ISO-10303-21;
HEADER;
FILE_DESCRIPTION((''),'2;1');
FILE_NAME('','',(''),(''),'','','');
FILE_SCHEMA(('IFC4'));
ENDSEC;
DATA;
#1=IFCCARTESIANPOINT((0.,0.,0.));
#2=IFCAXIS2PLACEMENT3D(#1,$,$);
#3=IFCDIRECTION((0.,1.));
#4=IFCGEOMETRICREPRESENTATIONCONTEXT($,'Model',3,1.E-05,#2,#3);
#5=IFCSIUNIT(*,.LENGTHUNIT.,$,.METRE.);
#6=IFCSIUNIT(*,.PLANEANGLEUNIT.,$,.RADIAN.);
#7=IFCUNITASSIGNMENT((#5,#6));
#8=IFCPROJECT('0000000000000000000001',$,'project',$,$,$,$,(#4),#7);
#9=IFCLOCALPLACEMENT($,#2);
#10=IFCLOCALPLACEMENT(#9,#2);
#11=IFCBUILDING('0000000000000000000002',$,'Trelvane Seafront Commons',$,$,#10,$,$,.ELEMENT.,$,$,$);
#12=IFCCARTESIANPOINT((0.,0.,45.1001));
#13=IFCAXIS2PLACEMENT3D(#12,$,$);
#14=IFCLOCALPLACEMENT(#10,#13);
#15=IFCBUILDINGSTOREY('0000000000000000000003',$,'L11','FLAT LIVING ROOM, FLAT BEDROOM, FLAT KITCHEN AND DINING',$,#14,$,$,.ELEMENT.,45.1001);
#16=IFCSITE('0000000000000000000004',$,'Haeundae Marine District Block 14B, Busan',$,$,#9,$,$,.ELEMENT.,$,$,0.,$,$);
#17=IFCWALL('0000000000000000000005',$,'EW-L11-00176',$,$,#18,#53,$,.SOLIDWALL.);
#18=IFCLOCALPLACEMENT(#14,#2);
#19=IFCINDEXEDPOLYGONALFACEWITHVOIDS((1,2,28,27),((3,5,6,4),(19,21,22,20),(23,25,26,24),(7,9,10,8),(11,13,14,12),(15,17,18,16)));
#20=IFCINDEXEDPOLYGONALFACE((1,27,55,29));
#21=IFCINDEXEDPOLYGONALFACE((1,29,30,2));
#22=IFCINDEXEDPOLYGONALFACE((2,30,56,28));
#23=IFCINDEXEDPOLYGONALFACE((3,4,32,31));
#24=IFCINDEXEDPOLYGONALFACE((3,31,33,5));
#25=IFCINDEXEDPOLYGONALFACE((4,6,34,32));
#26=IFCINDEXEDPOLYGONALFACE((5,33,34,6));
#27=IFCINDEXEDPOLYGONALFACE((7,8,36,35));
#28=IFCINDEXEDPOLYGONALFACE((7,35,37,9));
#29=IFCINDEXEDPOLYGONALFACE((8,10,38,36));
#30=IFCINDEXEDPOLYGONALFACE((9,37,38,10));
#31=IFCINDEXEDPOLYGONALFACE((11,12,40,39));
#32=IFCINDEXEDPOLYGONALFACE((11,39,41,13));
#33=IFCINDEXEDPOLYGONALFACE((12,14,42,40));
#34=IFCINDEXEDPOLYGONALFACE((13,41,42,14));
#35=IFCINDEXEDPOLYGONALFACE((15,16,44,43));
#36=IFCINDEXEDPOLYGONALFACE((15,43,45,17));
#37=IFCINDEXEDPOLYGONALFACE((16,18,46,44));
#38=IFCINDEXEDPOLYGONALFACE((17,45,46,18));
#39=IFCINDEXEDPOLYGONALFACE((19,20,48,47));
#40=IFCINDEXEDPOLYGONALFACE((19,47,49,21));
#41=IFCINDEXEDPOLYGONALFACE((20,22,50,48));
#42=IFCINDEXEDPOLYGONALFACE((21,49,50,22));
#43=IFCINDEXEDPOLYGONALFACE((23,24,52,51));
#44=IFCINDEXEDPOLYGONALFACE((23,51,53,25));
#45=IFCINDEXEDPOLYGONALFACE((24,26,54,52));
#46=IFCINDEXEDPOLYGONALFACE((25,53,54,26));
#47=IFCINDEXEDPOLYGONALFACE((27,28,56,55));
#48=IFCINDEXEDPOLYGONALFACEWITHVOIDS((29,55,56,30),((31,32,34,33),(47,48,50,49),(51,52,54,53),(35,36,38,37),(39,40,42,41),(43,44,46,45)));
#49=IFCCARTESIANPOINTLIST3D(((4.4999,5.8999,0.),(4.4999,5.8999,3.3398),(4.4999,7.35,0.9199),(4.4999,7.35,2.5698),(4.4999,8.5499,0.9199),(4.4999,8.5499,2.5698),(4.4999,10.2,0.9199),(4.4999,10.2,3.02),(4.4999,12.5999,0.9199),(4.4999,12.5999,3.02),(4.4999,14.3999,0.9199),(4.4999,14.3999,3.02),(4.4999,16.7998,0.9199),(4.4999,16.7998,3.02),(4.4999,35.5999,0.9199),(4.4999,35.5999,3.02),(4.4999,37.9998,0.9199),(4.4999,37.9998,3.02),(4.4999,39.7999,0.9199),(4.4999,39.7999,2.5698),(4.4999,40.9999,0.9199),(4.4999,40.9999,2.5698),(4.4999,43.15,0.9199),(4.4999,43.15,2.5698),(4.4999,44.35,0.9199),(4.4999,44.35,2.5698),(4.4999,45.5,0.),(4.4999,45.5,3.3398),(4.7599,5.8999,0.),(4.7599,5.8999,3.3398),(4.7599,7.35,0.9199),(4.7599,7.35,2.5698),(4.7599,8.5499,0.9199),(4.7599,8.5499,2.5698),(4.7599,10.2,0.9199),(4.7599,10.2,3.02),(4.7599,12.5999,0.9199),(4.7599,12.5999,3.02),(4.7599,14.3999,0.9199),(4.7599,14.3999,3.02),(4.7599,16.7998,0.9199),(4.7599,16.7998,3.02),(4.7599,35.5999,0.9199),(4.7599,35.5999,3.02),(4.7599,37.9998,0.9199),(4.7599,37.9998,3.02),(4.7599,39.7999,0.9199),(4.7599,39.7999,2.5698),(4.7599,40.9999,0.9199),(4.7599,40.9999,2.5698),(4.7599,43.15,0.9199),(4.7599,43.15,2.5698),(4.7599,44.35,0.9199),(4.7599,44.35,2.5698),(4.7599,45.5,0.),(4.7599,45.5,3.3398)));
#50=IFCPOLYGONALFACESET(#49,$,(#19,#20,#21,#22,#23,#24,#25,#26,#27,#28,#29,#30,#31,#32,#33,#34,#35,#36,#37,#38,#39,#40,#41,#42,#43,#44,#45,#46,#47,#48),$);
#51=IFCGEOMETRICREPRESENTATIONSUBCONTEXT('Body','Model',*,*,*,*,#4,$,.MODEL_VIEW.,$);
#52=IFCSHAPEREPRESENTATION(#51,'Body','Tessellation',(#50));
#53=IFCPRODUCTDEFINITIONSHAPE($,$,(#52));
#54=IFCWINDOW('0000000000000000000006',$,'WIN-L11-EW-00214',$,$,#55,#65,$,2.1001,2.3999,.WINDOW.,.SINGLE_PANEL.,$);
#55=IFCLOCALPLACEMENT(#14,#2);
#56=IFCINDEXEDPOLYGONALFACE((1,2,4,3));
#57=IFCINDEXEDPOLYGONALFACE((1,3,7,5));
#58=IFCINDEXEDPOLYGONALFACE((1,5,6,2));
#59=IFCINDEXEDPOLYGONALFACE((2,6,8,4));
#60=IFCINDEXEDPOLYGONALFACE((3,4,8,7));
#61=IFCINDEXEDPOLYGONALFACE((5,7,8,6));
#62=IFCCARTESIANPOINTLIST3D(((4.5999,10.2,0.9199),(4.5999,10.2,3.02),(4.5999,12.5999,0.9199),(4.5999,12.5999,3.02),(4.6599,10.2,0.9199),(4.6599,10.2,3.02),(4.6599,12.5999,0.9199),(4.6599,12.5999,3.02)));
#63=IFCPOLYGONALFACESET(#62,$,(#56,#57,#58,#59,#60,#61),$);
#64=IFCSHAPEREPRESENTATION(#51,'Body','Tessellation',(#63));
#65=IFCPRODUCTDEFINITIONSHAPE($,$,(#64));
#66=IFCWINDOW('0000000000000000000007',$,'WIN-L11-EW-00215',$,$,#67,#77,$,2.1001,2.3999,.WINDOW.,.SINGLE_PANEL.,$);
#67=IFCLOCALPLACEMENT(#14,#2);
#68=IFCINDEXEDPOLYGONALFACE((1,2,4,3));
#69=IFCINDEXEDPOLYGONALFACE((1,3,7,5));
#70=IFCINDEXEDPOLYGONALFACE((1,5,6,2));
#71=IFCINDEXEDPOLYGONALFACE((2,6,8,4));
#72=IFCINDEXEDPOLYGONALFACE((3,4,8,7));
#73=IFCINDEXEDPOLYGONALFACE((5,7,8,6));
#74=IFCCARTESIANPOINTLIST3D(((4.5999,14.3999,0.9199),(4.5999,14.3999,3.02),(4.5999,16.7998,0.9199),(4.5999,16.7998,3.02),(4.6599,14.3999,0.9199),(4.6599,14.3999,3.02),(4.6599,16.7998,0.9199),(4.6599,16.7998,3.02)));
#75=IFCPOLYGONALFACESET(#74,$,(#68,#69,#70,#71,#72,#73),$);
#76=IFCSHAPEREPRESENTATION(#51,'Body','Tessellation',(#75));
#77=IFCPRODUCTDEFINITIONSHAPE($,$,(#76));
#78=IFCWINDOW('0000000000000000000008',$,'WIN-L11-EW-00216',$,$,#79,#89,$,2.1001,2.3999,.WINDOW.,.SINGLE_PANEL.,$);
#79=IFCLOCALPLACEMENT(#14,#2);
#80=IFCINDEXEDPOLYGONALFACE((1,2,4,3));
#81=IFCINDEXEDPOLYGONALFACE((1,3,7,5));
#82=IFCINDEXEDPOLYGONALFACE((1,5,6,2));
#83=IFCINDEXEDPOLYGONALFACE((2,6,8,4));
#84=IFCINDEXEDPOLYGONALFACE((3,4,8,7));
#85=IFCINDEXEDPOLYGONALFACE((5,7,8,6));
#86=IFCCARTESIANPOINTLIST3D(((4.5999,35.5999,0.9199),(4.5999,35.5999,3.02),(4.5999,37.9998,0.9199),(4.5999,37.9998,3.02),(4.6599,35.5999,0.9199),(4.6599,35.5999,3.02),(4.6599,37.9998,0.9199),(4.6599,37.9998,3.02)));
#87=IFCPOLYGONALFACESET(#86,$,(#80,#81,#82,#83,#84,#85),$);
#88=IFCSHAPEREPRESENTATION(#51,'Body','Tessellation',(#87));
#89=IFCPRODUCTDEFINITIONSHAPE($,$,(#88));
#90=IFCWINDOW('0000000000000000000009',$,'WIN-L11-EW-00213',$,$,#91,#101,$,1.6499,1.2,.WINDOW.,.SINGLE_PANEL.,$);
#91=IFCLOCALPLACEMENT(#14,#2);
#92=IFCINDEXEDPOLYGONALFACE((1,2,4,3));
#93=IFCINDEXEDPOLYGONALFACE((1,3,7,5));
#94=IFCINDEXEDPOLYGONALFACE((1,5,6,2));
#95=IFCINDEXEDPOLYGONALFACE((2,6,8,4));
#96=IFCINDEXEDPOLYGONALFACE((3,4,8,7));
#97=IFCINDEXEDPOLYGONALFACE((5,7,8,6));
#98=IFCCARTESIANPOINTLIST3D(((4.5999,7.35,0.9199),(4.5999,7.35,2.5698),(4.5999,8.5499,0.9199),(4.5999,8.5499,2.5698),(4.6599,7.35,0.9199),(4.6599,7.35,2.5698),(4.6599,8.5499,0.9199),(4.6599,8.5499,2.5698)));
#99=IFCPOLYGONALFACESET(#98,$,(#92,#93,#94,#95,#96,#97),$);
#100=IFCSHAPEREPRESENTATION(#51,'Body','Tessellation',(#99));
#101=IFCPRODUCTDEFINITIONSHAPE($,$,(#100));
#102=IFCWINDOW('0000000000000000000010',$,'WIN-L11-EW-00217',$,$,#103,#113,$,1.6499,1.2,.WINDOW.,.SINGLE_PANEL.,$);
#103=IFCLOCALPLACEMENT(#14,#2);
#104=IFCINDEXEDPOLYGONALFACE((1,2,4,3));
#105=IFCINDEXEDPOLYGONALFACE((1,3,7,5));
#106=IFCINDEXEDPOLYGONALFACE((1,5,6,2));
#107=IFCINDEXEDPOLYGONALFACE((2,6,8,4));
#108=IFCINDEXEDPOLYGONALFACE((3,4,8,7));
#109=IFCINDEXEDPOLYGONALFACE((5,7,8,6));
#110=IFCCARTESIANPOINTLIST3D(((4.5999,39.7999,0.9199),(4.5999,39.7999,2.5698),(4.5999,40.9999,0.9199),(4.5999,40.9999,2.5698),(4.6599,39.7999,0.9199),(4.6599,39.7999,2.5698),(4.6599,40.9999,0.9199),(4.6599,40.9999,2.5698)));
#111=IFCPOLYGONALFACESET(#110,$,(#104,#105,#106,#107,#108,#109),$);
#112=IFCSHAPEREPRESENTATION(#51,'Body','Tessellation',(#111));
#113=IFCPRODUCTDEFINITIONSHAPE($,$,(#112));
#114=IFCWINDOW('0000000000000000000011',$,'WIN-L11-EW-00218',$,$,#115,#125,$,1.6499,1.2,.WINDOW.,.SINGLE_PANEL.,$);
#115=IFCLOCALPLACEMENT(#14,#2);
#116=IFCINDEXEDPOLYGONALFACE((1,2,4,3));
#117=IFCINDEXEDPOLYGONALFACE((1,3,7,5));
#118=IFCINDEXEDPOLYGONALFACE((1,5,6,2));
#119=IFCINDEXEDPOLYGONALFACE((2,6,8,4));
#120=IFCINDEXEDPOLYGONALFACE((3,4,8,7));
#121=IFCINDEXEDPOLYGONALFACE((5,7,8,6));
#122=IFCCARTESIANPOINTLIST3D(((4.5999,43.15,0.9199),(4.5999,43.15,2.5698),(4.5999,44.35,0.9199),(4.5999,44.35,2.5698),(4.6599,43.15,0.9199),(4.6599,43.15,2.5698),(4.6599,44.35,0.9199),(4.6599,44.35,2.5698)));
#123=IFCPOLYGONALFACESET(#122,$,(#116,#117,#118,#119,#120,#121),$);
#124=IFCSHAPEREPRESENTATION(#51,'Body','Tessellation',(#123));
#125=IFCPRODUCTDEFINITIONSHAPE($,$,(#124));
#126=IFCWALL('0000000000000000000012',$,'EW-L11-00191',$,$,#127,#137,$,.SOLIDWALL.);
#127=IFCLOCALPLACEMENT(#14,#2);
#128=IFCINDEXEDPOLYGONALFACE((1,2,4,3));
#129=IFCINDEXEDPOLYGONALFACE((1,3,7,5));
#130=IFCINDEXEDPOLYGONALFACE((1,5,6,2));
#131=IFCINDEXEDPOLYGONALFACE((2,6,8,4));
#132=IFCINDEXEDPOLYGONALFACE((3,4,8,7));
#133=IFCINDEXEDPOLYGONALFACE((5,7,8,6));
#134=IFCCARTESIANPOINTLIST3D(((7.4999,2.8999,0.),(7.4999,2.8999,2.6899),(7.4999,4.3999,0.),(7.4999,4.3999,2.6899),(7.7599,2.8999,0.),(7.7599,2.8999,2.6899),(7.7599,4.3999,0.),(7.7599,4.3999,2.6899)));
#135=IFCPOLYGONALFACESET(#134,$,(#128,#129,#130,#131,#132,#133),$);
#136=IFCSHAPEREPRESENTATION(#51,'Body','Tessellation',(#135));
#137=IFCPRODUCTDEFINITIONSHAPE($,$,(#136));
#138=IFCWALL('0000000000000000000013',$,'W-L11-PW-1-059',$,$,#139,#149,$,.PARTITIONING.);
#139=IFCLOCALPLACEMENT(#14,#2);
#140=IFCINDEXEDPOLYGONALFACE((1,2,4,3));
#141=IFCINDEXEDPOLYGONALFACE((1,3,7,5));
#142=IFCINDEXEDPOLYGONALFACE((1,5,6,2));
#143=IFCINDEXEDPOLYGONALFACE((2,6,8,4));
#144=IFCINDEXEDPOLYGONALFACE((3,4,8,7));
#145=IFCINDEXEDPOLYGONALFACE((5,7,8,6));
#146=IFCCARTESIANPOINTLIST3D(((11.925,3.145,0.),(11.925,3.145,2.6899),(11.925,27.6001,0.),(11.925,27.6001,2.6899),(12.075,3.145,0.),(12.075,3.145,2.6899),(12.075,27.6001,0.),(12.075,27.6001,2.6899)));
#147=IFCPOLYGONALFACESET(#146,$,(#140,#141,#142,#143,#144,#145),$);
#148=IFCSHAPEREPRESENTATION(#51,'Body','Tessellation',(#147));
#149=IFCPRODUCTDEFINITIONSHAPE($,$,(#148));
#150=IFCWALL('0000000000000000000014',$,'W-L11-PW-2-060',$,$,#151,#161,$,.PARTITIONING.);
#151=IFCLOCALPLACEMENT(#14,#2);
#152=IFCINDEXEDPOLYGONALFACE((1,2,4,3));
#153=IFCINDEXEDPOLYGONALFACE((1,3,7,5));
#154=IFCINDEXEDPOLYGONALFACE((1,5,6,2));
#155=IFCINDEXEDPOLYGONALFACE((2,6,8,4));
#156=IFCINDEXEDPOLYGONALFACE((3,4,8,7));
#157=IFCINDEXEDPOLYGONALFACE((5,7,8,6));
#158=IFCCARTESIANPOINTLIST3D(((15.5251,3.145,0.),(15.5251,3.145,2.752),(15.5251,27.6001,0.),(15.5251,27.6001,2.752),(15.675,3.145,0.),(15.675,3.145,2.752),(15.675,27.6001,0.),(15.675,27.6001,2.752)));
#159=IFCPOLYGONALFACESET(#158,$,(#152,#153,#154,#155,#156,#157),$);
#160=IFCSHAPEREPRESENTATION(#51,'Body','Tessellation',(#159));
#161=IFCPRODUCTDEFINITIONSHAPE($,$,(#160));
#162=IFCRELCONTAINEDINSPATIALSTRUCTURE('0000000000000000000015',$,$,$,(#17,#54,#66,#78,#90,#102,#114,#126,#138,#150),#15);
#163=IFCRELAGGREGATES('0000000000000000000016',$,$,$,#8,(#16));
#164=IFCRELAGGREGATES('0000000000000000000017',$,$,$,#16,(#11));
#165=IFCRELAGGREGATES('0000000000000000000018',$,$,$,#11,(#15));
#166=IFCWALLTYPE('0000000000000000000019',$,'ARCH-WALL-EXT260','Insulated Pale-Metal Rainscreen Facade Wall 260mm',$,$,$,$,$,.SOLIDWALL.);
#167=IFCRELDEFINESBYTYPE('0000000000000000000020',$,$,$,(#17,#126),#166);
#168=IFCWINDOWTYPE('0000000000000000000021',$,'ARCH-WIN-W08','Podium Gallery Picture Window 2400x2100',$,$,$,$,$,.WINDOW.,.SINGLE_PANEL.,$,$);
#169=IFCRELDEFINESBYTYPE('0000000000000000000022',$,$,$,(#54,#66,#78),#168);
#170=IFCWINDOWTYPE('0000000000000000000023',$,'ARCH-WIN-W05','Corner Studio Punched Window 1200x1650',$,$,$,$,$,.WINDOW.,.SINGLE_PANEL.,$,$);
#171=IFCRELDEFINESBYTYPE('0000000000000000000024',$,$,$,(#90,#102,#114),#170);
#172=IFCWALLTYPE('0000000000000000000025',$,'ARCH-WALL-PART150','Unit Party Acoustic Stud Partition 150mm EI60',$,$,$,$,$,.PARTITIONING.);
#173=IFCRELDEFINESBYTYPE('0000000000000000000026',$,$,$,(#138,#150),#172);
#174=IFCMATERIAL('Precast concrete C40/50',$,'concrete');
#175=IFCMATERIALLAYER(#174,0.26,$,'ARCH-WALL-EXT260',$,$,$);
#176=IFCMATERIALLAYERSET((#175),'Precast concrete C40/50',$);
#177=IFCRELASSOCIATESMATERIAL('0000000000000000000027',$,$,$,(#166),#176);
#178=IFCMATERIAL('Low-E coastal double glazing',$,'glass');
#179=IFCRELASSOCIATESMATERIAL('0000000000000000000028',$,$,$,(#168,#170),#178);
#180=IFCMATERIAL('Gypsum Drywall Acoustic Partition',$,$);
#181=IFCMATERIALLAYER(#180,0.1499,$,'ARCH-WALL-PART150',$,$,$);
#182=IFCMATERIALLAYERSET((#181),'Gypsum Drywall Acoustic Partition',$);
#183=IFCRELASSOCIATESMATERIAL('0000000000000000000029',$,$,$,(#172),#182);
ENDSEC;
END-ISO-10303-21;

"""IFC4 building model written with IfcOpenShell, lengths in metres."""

from ifc_helpers import new_model, si_unit, direction, frame, frame_2d, origin, place, context, subcontext, project, spatial, rectangle, extrude, source, transform, mapped, material, layer, layer_set, type_object, element, fill, save


model = new_model("IFC4")

# Units and contexts
model_context = context("Model", 3, precision=1e-05, world=origin(), true_north=direction((0.0, 1.0)))
body_context = subcontext(model_context, "Body", "Model", "MODEL_VIEW")
ifc_project = project(units=[si_unit("LENGTHUNIT", "METRE"), si_unit("PLANEANGLEUNIT", "RADIAN")], contexts=[model_context])

# Site, building, storey
site_placement = place(None, origin())
site = spatial("IfcSite", under=ifc_project, at=site_placement, Name="Haeundae Marine District Block 14B, Busan", CompositionType="ELEMENT", RefElevation=0.0)
building_placement = place(site_placement, origin())
building = spatial("IfcBuilding", under=site, at=building_placement, Name="Trelvane Seafront Commons", CompositionType="ELEMENT")
storey_placement = place(building_placement, frame((0.0, 0.0, 45.1001)))
storey = spatial("IfcBuildingStorey", under=building, at=storey_placement, Name="L11", Description="FLAT LIVING ROOM, FLAT BEDROOM, FLAT KITCHEN AND DINING", CompositionType="ELEMENT", Elevation=45.1001)

# Shared definitions
ifc_material_1 = material(Name="Precast concrete C40/50", Category="concrete")
ifc_layer_1 = layer(ifc_material_1, 0.26, Name="ARCH-WALL-EXT260")
ifc_layer_set_1 = layer_set([ifc_layer_1], Name="Precast concrete C40/50")
wall_type_1 = type_object("IfcWallType", Name="ARCH-WALL-EXT260", Description="Insulated Pale-Metal Rainscreen Facade Wall 260mm", PredefinedType="SOLIDWALL", material=ifc_layer_set_1)

# Wall, openings, windows
wall_1_placement = place(storey_placement, frame((4.6299, 5.8999, 0.0), z_axis=(0.0, 0.0, 1.0), x_axis=(0.0, 1.0, 0.0)))
wall_1 = element("IfcWall", 1, at=wall_1_placement, inside=storey, type_object=wall_type_1, Name="EW-L11-00176", PredefinedType="SOLIDWALL", context=body_context, shape_type="SweptSolid", body=[
    extrude(rectangle(XDim=39.6001, YDim=0.26, at=frame_2d((19.8, 0.0))), origin(), (0.0, 0.0, 1.0), 3.3398),
])
opening_1_placement = place(wall_1_placement, frame((1.45, 0.0, 0.9199)))
opening_1 = element("IfcOpeningElement", 2, at=opening_1_placement, cuts=wall_1, PredefinedType="OPENING", context=body_context, shape_type="SweptSolid", body=[
    extrude(rectangle(XDim=1.2, YDim=1.6499, at=frame_2d((0.6001, 0.825))), frame((0.0, 0.1399, 0.0), z_axis=(0.0, -1.0, 0.0), x_axis=(1.0, 0.0, 0.0)), (0.0, 0.0, 1.0), 0.28),
])
opening_2_placement = place(wall_1_placement, frame((4.3, 0.0, 0.9199)))
opening_2 = element("IfcOpeningElement", 3, at=opening_2_placement, cuts=wall_1, PredefinedType="OPENING", context=body_context, shape_type="SweptSolid", body=[
    extrude(rectangle(XDim=2.3999, YDim=2.1001, at=frame_2d((1.2, 1.05))), frame((0.0, 0.1399, 0.0), z_axis=(0.0, -1.0, 0.0), x_axis=(1.0, 0.0, 0.0)), (0.0, 0.0, 1.0), 0.28),
])
opening_3_placement = place(wall_1_placement, frame((8.5, 0.0, 0.9199)))
opening_3 = element("IfcOpeningElement", 4, at=opening_3_placement, cuts=wall_1, PredefinedType="OPENING", context=body_context, shape_type="SweptSolid", body=[
    extrude(rectangle(XDim=2.3999, YDim=2.1001, at=frame_2d((1.2, 1.05))), frame((0.0, 0.1399, 0.0), z_axis=(0.0, -1.0, 0.0), x_axis=(1.0, 0.0, 0.0)), (0.0, 0.0, 1.0), 0.28),
])
opening_4_placement = place(wall_1_placement, frame((29.7, 0.0, 0.9199)))
opening_4 = element("IfcOpeningElement", 5, at=opening_4_placement, cuts=wall_1, PredefinedType="OPENING", context=body_context, shape_type="SweptSolid", body=[
    extrude(rectangle(XDim=2.3999, YDim=2.1001, at=frame_2d((1.2, 1.05))), frame((0.0, 0.1399, 0.0), z_axis=(0.0, -1.0, 0.0), x_axis=(1.0, 0.0, 0.0)), (0.0, 0.0, 1.0), 0.28),
])
opening_5_placement = place(wall_1_placement, frame((33.8999, 0.0, 0.9199)))
opening_5 = element("IfcOpeningElement", 6, at=opening_5_placement, cuts=wall_1, PredefinedType="OPENING", context=body_context, shape_type="SweptSolid", body=[
    extrude(rectangle(XDim=1.2, YDim=1.6499, at=frame_2d((0.6001, 0.825))), frame((0.0, 0.1399, 0.0), z_axis=(0.0, -1.0, 0.0), x_axis=(1.0, 0.0, 0.0)), (0.0, 0.0, 1.0), 0.28),
])
opening_6_placement = place(wall_1_placement, frame((37.25, 0.0, 0.9199)))
opening_6 = element("IfcOpeningElement", 7, at=opening_6_placement, cuts=wall_1, PredefinedType="OPENING", context=body_context, shape_type="SweptSolid", body=[
    extrude(rectangle(XDim=1.2, YDim=1.6499, at=frame_2d((0.6001, 0.825))), frame((0.0, 0.1399, 0.0), z_axis=(0.0, -1.0, 0.0), x_axis=(1.0, 0.0, 0.0)), (0.0, 0.0, 1.0), 0.28),
])
ifc_material_2 = material(Name="Low-E coastal double glazing", Category="glass")
window_type_1 = type_object("IfcWindowType", Name="ARCH-WIN-W08", Description="Podium Gallery Picture Window 2400x2100", PartitioningType="SINGLE_PANEL", PredefinedType="WINDOW", material=ifc_material_2)
shared_shape_1 = source(origin(), body_context, "Body", "SweptSolid", [
    extrude(rectangle(XDim=2.3999, YDim=2.1001, at=frame_2d((1.2, 1.05))), frame((0.0, 0.03, 0.0), z_axis=(0.0, -1.0, 0.0), x_axis=(1.0, 0.0, 0.0)), (0.0, 0.0, 1.0), 0.0601),
])
window_1_placement = place(opening_2_placement, origin())
window_1 = element("IfcWindow", 8, at=window_1_placement, inside=storey, type_object=window_type_1, Name="WIN-L11-EW-00214", OverallHeight=2.1001, OverallWidth=2.3999, PartitioningType="SINGLE_PANEL", PredefinedType="WINDOW", context=body_context, shape_type="MappedRepresentation", body=[
    mapped(shared_shape_1, transform((0.0, 0.0, 0.0), x_axis=(1.0, 0.0, 0.0), y_axis=(0.0, 1.0, 0.0), z_axis=(0.0, 0.0, 1.0), scale=1.0)),
])
fill(opening_2, window_1)
window_2_placement = place(opening_3_placement, origin())
window_2 = element("IfcWindow", 9, at=window_2_placement, inside=storey, type_object=window_type_1, Name="WIN-L11-EW-00215", OverallHeight=2.1001, OverallWidth=2.3999, PartitioningType="SINGLE_PANEL", PredefinedType="WINDOW", context=body_context, shape_type="MappedRepresentation", body=[
    mapped(shared_shape_1, transform((0.0, 0.0, 0.0), x_axis=(1.0, 0.0, 0.0), y_axis=(0.0, 1.0, 0.0), z_axis=(0.0, 0.0, 1.0), scale=1.0)),
])
fill(opening_3, window_2)
window_3_placement = place(opening_4_placement, origin())
window_3 = element("IfcWindow", 10, at=window_3_placement, inside=storey, type_object=window_type_1, Name="WIN-L11-EW-00216", OverallHeight=2.1001, OverallWidth=2.3999, PartitioningType="SINGLE_PANEL", PredefinedType="WINDOW", context=body_context, shape_type="MappedRepresentation", body=[
    mapped(shared_shape_1, transform((0.0, 0.0, 0.0), x_axis=(1.0, 0.0, 0.0), y_axis=(0.0, 1.0, 0.0), z_axis=(0.0, 0.0, 1.0), scale=1.0)),
])
fill(opening_4, window_3)
window_type_2 = type_object("IfcWindowType", Name="ARCH-WIN-W05", Description="Corner Studio Punched Window 1200x1650", PartitioningType="SINGLE_PANEL", PredefinedType="WINDOW", material=ifc_material_2)
shared_shape_2 = source(origin(), body_context, "Body", "SweptSolid", [
    extrude(rectangle(XDim=1.2, YDim=1.6499, at=frame_2d((0.6001, 0.825))), frame((0.0, 0.03, 0.0), z_axis=(0.0, -1.0, 0.0), x_axis=(1.0, 0.0, 0.0)), (0.0, 0.0, 1.0), 0.0601),
])
window_4_placement = place(opening_1_placement, origin())
window_4 = element("IfcWindow", 11, at=window_4_placement, inside=storey, type_object=window_type_2, Name="WIN-L11-EW-00213", OverallHeight=1.6499, OverallWidth=1.2, PartitioningType="SINGLE_PANEL", PredefinedType="WINDOW", context=body_context, shape_type="MappedRepresentation", body=[
    mapped(shared_shape_2, transform((0.0, 0.0, 0.0), x_axis=(1.0, 0.0, 0.0), y_axis=(0.0, 1.0, 0.0), z_axis=(0.0, 0.0, 1.0), scale=1.0)),
])
fill(opening_1, window_4)
window_5_placement = place(opening_5_placement, origin())
window_5 = element("IfcWindow", 12, at=window_5_placement, inside=storey, type_object=window_type_2, Name="WIN-L11-EW-00217", OverallHeight=1.6499, OverallWidth=1.2, PartitioningType="SINGLE_PANEL", PredefinedType="WINDOW", context=body_context, shape_type="MappedRepresentation", body=[
    mapped(shared_shape_2, transform((0.0, 0.0, 0.0), x_axis=(1.0, 0.0, 0.0), y_axis=(0.0, 1.0, 0.0), z_axis=(0.0, 0.0, 1.0), scale=1.0)),
])
fill(opening_5, window_5)
window_6_placement = place(opening_6_placement, origin())
window_6 = element("IfcWindow", 13, at=window_6_placement, inside=storey, type_object=window_type_2, Name="WIN-L11-EW-00218", OverallHeight=1.6499, OverallWidth=1.2, PartitioningType="SINGLE_PANEL", PredefinedType="WINDOW", context=body_context, shape_type="MappedRepresentation", body=[
    mapped(shared_shape_2, transform((0.0, 0.0, 0.0), x_axis=(1.0, 0.0, 0.0), y_axis=(0.0, 1.0, 0.0), z_axis=(0.0, 0.0, 1.0), scale=1.0)),
])
fill(opening_6, window_6)

# Walls
wall_2_placement = place(storey_placement, frame((7.6299, 2.8999, 0.0), z_axis=(0.0, 0.0, 1.0), x_axis=(0.0, 1.0, 0.0)))
element("IfcWall", 14, at=wall_2_placement, inside=storey, type_object=wall_type_1, Name="EW-L11-00191", PredefinedType="SOLIDWALL", context=body_context, shape_type="SweptSolid", body=[
    extrude(rectangle(XDim=1.5, YDim=0.26, at=frame_2d((0.75, 0.0))), origin(), (0.0, 0.0, 1.0), 2.6899),
])
ifc_material_3 = material(Name="Gypsum Drywall Acoustic Partition")
ifc_layer_2 = layer(ifc_material_3, 0.1499, Name="ARCH-WALL-PART150")
ifc_layer_set_2 = layer_set([ifc_layer_2], Name="Gypsum Drywall Acoustic Partition")
wall_type_2 = type_object("IfcWallType", Name="ARCH-WALL-PART150", Description="Unit Party Acoustic Stud Partition 150mm EI60", PredefinedType="PARTITIONING", material=ifc_layer_set_2)
wall_3_placement = place(storey_placement, frame((12.0, 3.145, 0.0), z_axis=(0.0, 0.0, 1.0), x_axis=(0.0, 1.0, 0.0)))
element("IfcWall", 15, at=wall_3_placement, inside=storey, type_object=wall_type_2, Name="W-L11-PW-1-059", PredefinedType="PARTITIONING", context=body_context, shape_type="SweptSolid", body=[
    extrude(rectangle(XDim=24.4551, YDim=0.1499, at=frame_2d((12.2275, 0.0))), origin(), (0.0, 0.0, 1.0), 2.6899),
])
wall_4_placement = place(storey_placement, frame((15.6001, 3.145, 0.0), z_axis=(0.0, 0.0, 1.0), x_axis=(0.0, 1.0, 0.0)))
element("IfcWall", 16, at=wall_4_placement, inside=storey, type_object=wall_type_2, Name="W-L11-PW-2-060", PredefinedType="PARTITIONING", context=body_context, shape_type="SweptSolid", body=[
    extrude(rectangle(XDim=24.4551, YDim=0.1499, at=frame_2d((12.2275, 0.0))), origin(), (0.0, 0.0, 1.0), 2.752),
])

save(model, "model.ifc")
